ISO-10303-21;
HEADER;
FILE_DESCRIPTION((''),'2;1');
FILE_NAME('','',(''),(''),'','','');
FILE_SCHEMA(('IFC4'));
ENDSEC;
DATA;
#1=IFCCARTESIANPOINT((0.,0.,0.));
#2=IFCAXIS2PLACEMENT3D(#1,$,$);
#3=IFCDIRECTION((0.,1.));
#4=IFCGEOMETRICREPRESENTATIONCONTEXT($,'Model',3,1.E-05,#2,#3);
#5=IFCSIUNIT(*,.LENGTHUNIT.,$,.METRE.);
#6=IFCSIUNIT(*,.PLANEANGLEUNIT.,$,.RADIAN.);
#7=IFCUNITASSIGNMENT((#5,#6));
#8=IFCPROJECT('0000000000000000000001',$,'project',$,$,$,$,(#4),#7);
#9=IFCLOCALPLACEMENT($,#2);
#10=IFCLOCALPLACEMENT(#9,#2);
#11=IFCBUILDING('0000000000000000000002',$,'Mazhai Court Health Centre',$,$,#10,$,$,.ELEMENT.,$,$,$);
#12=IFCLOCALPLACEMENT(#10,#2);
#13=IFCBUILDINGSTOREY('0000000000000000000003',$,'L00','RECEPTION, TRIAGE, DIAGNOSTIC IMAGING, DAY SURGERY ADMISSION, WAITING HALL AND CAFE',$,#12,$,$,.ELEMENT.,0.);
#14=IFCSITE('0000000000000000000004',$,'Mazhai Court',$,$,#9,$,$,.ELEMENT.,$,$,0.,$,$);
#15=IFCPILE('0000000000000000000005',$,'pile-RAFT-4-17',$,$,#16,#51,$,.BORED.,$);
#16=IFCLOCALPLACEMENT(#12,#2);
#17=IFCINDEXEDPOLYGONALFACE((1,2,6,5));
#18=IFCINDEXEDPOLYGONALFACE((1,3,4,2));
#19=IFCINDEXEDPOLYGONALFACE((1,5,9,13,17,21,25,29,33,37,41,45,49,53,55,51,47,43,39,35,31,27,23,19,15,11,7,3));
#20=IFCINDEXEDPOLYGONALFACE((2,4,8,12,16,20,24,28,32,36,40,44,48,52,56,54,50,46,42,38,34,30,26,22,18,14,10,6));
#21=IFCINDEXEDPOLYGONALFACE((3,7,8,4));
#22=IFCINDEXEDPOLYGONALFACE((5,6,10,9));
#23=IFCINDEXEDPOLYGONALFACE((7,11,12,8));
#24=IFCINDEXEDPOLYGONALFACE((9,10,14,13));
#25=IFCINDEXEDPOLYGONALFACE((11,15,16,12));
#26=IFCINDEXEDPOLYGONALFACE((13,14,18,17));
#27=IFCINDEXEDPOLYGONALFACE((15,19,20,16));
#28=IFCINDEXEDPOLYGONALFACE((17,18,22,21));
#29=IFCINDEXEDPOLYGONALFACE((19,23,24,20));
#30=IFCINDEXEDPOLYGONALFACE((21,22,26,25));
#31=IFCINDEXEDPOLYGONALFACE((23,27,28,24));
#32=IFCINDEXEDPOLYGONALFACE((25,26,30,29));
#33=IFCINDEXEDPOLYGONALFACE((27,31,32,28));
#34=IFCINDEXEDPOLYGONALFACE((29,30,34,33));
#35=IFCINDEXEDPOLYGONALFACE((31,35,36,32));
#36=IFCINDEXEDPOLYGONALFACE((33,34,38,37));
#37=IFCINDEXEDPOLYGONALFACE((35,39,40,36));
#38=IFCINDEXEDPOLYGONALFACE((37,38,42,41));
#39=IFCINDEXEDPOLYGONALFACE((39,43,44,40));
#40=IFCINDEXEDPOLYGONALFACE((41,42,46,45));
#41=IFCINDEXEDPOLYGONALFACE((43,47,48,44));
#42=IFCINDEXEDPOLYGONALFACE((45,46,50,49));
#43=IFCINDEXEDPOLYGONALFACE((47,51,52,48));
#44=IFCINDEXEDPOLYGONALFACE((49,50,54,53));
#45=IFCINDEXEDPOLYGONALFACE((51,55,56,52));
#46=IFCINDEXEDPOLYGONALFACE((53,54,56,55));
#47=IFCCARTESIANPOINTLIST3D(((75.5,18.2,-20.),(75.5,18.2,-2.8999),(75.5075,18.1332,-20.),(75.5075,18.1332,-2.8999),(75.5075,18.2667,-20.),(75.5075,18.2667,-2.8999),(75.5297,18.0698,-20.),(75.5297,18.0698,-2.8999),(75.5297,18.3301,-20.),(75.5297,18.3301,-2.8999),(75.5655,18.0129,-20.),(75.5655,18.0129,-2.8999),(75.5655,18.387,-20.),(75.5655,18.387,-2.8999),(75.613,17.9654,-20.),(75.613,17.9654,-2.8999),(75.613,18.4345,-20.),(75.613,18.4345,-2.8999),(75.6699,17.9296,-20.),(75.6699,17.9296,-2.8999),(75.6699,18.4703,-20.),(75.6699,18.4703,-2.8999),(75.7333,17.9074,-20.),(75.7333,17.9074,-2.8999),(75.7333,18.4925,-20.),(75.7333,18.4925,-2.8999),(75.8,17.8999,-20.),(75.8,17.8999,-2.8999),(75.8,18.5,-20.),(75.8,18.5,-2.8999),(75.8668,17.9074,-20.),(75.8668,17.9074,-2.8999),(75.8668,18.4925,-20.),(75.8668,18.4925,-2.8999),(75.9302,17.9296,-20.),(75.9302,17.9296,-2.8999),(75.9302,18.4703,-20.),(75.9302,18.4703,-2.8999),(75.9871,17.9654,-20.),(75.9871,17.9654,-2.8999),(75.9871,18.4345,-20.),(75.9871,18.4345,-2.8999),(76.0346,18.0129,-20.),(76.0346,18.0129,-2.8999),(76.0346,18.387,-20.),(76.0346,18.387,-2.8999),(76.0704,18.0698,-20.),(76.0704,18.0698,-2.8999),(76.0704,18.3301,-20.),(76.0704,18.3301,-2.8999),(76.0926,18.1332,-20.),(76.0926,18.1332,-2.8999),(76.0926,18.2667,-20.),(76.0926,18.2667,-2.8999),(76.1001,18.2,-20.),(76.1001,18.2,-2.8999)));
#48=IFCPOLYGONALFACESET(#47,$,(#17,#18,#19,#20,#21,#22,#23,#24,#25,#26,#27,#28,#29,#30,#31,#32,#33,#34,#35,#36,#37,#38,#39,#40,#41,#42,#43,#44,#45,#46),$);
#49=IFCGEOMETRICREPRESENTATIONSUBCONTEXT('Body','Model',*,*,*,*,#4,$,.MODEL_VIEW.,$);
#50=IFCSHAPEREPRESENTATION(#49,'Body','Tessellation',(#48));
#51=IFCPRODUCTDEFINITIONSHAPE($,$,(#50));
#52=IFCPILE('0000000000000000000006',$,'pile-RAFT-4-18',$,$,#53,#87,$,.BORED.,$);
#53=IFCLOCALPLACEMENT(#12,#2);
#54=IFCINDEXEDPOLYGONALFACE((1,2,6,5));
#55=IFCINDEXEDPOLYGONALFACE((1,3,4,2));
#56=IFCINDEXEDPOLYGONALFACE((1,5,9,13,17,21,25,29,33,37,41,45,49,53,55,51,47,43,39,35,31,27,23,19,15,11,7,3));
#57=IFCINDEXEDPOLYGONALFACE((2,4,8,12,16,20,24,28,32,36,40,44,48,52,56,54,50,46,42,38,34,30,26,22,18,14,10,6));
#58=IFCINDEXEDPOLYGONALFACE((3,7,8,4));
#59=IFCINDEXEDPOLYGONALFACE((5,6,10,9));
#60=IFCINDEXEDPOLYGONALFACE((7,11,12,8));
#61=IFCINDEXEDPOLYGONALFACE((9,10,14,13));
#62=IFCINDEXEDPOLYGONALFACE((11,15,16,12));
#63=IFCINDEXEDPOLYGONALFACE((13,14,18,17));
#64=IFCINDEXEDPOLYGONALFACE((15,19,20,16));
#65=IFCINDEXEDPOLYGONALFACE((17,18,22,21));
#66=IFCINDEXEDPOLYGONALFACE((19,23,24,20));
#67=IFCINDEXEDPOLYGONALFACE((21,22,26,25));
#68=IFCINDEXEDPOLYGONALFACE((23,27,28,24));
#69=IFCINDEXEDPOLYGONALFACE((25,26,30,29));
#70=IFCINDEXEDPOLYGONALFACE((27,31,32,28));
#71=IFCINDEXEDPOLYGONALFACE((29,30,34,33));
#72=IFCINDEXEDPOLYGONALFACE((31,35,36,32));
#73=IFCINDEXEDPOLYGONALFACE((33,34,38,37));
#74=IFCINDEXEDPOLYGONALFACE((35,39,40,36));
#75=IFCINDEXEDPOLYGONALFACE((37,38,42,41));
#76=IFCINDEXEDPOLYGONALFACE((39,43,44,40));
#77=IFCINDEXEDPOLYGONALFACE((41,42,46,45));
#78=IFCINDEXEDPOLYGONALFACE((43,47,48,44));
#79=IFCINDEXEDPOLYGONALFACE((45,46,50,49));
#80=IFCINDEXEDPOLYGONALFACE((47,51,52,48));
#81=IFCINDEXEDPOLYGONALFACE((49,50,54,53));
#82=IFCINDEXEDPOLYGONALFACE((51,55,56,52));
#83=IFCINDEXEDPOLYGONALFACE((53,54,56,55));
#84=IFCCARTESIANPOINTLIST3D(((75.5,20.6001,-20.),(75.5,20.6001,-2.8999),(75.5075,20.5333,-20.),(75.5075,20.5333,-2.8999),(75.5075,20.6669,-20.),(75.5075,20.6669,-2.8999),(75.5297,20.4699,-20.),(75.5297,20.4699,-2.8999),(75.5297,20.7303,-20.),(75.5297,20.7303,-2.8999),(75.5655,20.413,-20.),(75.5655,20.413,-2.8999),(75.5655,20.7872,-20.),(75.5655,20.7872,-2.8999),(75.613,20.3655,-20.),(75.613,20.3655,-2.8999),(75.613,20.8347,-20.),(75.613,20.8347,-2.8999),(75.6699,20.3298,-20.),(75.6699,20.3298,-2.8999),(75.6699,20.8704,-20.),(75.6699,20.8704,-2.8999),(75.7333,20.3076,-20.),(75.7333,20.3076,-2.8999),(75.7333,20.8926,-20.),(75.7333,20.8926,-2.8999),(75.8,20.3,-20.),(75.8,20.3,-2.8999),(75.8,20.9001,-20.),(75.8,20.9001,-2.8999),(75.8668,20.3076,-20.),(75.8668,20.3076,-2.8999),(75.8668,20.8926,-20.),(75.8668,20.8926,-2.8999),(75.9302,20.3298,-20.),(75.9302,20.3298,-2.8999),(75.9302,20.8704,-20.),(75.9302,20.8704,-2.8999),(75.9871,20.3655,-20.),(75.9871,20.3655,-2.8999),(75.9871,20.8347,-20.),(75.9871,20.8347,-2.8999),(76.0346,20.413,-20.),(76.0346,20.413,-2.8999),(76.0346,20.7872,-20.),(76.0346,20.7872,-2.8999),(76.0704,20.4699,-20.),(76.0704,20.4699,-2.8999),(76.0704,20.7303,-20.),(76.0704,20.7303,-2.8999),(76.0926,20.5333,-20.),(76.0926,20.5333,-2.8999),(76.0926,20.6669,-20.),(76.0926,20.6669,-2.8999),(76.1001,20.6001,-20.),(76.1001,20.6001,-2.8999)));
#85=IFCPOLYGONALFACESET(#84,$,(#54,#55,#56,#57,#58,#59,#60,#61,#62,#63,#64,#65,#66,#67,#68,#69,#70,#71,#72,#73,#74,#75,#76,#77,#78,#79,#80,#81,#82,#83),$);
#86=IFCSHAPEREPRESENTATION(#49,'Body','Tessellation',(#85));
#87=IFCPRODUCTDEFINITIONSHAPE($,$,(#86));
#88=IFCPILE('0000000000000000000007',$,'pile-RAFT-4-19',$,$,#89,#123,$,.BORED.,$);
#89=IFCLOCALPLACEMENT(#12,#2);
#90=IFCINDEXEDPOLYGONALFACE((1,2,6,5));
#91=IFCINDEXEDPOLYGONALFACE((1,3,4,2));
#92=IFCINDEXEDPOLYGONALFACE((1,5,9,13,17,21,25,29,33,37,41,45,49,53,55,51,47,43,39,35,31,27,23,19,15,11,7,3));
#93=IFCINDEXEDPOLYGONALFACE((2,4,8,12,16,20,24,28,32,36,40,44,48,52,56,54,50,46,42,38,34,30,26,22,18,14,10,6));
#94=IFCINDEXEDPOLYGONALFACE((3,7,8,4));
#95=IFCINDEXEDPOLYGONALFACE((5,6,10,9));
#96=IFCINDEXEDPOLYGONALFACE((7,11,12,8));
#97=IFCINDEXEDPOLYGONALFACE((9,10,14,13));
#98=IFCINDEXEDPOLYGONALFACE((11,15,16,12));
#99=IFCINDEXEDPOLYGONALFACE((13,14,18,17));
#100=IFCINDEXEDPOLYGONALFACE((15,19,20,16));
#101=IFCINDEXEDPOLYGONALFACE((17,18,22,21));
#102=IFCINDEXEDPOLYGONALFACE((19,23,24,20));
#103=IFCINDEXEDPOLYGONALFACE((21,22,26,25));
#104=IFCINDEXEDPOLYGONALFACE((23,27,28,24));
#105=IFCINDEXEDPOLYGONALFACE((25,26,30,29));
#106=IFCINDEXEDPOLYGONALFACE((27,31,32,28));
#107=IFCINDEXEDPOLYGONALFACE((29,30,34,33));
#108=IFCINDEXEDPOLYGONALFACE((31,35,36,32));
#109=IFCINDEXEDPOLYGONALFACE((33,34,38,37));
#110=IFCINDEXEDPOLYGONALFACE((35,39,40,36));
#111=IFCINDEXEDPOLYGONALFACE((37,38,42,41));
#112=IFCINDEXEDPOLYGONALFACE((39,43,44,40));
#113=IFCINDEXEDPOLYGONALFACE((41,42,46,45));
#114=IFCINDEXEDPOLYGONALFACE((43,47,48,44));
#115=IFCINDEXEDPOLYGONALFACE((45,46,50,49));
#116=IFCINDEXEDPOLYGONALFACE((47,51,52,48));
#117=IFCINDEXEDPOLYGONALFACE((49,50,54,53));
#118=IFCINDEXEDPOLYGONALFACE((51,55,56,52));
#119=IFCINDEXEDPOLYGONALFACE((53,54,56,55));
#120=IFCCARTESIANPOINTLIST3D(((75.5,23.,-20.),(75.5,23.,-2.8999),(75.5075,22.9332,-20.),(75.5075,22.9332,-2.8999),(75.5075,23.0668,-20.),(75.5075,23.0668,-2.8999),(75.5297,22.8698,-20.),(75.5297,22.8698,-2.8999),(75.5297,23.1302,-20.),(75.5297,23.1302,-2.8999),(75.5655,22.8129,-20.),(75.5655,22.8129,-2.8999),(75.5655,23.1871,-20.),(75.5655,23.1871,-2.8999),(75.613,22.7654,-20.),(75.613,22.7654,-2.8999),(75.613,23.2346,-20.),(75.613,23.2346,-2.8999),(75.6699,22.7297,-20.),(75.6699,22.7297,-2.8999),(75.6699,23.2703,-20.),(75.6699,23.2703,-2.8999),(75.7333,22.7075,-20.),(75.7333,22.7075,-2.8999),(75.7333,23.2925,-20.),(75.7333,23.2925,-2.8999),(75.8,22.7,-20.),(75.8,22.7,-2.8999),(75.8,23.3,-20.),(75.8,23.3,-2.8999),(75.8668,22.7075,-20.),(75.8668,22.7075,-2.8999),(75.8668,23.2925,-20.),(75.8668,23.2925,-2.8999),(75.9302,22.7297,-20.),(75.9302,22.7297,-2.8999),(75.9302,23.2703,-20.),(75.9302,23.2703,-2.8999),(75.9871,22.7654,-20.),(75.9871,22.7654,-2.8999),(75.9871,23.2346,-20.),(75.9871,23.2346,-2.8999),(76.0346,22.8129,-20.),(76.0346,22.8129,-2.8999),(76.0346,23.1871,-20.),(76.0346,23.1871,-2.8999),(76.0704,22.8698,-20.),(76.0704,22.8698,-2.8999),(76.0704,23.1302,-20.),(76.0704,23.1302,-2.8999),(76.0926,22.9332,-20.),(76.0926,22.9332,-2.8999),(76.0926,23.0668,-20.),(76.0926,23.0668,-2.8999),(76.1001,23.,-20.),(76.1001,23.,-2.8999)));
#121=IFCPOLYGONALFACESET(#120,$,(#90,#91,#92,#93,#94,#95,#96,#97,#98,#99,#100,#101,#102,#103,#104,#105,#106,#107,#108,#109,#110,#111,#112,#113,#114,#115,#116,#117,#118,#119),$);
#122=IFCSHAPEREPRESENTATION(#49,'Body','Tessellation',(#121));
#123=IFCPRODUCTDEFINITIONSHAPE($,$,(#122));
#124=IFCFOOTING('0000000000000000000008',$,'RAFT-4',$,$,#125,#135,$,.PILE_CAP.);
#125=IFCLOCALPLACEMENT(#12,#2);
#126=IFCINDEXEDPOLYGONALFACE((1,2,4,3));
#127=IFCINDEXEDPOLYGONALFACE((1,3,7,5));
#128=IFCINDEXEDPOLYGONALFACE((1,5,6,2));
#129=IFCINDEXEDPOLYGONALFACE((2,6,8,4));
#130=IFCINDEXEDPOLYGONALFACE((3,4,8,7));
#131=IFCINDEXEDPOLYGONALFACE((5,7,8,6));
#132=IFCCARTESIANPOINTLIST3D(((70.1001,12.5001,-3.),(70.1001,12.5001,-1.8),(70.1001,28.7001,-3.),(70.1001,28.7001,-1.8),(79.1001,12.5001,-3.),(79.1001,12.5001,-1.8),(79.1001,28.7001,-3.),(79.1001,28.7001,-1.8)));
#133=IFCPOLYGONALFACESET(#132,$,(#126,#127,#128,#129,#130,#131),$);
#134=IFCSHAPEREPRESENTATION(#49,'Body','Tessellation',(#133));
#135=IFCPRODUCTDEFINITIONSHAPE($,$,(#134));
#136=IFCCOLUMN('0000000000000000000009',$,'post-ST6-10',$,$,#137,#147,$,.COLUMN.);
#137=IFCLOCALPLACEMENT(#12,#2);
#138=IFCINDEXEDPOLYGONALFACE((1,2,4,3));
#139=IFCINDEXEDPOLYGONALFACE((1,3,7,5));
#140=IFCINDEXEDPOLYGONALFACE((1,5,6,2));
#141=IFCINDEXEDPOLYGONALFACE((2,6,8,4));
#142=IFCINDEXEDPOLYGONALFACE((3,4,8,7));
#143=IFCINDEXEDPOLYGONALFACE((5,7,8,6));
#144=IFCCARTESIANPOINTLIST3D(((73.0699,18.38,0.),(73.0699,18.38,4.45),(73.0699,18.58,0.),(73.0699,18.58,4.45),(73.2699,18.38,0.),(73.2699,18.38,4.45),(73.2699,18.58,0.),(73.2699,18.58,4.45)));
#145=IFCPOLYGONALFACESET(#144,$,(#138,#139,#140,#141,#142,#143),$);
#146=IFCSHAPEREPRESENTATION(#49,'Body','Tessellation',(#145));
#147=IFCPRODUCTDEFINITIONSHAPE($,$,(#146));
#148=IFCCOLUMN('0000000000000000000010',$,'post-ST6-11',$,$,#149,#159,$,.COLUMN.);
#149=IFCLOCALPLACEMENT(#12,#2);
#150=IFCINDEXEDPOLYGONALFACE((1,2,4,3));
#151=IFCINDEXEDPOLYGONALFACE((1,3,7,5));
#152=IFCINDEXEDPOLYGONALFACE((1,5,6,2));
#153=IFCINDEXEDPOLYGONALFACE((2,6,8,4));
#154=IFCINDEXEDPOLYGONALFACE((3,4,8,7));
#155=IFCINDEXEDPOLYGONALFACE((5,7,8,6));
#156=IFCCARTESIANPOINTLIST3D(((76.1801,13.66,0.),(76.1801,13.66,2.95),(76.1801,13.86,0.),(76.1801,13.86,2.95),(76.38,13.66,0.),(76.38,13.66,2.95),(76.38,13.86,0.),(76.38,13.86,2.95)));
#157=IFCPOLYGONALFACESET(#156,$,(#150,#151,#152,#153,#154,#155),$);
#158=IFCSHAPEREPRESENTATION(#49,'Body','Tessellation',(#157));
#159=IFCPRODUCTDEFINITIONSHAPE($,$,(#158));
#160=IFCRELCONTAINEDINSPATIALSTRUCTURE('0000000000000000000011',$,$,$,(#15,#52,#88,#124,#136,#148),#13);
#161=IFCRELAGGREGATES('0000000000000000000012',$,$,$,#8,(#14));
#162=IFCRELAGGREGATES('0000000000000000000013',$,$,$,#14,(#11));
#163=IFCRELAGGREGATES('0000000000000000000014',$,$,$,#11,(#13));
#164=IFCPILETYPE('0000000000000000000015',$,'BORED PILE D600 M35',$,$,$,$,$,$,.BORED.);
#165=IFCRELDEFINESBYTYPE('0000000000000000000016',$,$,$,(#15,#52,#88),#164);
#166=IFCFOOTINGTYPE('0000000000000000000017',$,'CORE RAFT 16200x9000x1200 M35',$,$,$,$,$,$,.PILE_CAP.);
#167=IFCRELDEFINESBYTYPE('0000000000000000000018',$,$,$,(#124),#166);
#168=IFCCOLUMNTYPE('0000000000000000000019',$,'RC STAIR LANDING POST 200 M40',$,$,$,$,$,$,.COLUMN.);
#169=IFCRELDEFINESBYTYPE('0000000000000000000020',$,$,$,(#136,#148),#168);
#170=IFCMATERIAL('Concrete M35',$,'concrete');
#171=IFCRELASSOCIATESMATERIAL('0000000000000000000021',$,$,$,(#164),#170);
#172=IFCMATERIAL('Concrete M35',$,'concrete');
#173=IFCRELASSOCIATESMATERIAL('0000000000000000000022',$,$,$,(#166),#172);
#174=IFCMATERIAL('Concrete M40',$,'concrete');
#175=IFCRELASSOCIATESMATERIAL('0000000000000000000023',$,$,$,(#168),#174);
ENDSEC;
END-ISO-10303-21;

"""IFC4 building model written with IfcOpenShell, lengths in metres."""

from ifc_helpers import new_model, si_unit, direction, frame, origin, origin_2d, place, context, subcontext, project, spatial, rectangle, circle, extrude, material, material_profile, profile_set, type_object, element, save


model = new_model("IFC4")

# Units and contexts
model_context = context("Model", 3, precision=1e-05, world=origin(), true_north=direction((0.0, 1.0)))
body_context = subcontext(model_context, "Body", "Model", "MODEL_VIEW")
ifc_project = project(units=[si_unit("LENGTHUNIT", "METRE"), si_unit("PLANEANGLEUNIT", "RADIAN")], contexts=[model_context])

# Site, building, storey
site_placement = place(None, origin())
site = spatial("IfcSite", under=ifc_project, at=site_placement, Name="Mazhai Court", CompositionType="ELEMENT", RefElevation=0.0)
building_placement = place(site_placement, origin())
building = spatial("IfcBuilding", under=site, at=building_placement, Name="Mazhai Court Health Centre", CompositionType="ELEMENT")
storey_placement = place(building_placement, origin())
storey = spatial("IfcBuildingStorey", under=building, at=storey_placement, Name="L00", Description="RECEPTION, TRIAGE, DIAGNOSTIC IMAGING, DAY SURGERY ADMISSION, WAITING HALL AND CAFE", CompositionType="ELEMENT", Elevation=0.0)

# Piles
ifc_material_1 = material(Name="Concrete M35", Category="concrete")
ifc_material_profile_1 = material_profile(ifc_material_1, circle(Radius=0.3, at=origin_2d()), Name="RC PILE D600")
ifc_profile_set_1 = profile_set([ifc_material_profile_1], Name="Concrete M35")
pile_type = type_object("IfcPileType", Name="BORED PILE D600 M35", PredefinedType="BORED", material=ifc_profile_set_1)
for number, where, z_axis, x_axis, name in (
    (1, (75.8, 18.2, -2.8999), (0.0, 0.0, -1.0), (1.0, 0.0, 0.0), "pile-RAFT-4-17"),
    (2, (75.8, 20.6001, -2.8999), (0.0, 0.0, -1.0), (1.0, 0.0, 0.0), "pile-RAFT-4-18"),
    (3, (75.8, 23.0, -2.8999), (0.0, 0.0, -1.0), (1.0, 0.0, 0.0), "pile-RAFT-4-19"),
):
    element("IfcPile", number, at=place(storey_placement, frame(where, z_axis=z_axis, x_axis=x_axis)), inside=storey, type_object=pile_type, Name=name, PredefinedType="BORED", context=body_context, shape_type="SweptSolid", body=[
        extrude(circle(Radius=0.3, at=origin_2d()), origin(), (0.0, 0.0, 1.0), 17.1001),
    ])

# Footing
ifc_material_2 = material(Name="Concrete M35", Category="concrete")
footing_type = type_object("IfcFootingType", Name="CORE RAFT 16200x9000x1200 M35", PredefinedType="PILE_CAP", material=ifc_material_2)
footing_placement = place(storey_placement, frame((74.6001, 20.6001, -3.0), z_axis=(0.0, 0.0, 1.0), x_axis=(0.0, 1.0, 0.0)))
element("IfcFooting", 4, at=footing_placement, inside=storey, type_object=footing_type, Name="RAFT-4", PredefinedType="PILE_CAP", context=body_context, shape_type="SweptSolid", body=[
    extrude(rectangle(XDim=16.2, YDim=9.0, at=origin_2d()), origin(), (0.0, 0.0, 1.0), 1.2),
])

# Columns
ifc_material_3 = material(Name="Concrete M40", Category="concrete")
ifc_material_profile_2 = material_profile(ifc_material_3, rectangle(XDim=0.2, YDim=0.2, at=origin_2d()), Name="RC 200x200")
ifc_profile_set_2 = profile_set([ifc_material_profile_2], Name="Concrete M40")
column_type = type_object("IfcColumnType", Name="RC STAIR LANDING POST 200 M40", PredefinedType="COLUMN", material=ifc_profile_set_2)
column_1_placement = place(storey_placement, frame((73.1699, 18.48, 0.0), z_axis=(0.0, 0.0, 1.0), x_axis=(1.0, 0.0, 0.0)))
element("IfcColumn", 5, at=column_1_placement, inside=storey, type_object=column_type, Name="post-ST6-10", PredefinedType="COLUMN", context=body_context, shape_type="SweptSolid", body=[
    extrude(rectangle(XDim=0.2, YDim=0.2, at=origin_2d()), origin(), (0.0, 0.0, 1.0), 4.45),
])
column_2_placement = place(storey_placement, frame((76.28, 13.76, 0.0), z_axis=(0.0, 0.0, 1.0), x_axis=(1.0, 0.0, 0.0)))
element("IfcColumn", 6, at=column_2_placement, inside=storey, type_object=column_type, Name="post-ST6-11", PredefinedType="COLUMN", context=body_context, shape_type="SweptSolid", body=[
    extrude(rectangle(XDim=0.2, YDim=0.2, at=origin_2d()), origin(), (0.0, 0.0, 1.0), 2.95),
])

save(model, "model.ifc")
